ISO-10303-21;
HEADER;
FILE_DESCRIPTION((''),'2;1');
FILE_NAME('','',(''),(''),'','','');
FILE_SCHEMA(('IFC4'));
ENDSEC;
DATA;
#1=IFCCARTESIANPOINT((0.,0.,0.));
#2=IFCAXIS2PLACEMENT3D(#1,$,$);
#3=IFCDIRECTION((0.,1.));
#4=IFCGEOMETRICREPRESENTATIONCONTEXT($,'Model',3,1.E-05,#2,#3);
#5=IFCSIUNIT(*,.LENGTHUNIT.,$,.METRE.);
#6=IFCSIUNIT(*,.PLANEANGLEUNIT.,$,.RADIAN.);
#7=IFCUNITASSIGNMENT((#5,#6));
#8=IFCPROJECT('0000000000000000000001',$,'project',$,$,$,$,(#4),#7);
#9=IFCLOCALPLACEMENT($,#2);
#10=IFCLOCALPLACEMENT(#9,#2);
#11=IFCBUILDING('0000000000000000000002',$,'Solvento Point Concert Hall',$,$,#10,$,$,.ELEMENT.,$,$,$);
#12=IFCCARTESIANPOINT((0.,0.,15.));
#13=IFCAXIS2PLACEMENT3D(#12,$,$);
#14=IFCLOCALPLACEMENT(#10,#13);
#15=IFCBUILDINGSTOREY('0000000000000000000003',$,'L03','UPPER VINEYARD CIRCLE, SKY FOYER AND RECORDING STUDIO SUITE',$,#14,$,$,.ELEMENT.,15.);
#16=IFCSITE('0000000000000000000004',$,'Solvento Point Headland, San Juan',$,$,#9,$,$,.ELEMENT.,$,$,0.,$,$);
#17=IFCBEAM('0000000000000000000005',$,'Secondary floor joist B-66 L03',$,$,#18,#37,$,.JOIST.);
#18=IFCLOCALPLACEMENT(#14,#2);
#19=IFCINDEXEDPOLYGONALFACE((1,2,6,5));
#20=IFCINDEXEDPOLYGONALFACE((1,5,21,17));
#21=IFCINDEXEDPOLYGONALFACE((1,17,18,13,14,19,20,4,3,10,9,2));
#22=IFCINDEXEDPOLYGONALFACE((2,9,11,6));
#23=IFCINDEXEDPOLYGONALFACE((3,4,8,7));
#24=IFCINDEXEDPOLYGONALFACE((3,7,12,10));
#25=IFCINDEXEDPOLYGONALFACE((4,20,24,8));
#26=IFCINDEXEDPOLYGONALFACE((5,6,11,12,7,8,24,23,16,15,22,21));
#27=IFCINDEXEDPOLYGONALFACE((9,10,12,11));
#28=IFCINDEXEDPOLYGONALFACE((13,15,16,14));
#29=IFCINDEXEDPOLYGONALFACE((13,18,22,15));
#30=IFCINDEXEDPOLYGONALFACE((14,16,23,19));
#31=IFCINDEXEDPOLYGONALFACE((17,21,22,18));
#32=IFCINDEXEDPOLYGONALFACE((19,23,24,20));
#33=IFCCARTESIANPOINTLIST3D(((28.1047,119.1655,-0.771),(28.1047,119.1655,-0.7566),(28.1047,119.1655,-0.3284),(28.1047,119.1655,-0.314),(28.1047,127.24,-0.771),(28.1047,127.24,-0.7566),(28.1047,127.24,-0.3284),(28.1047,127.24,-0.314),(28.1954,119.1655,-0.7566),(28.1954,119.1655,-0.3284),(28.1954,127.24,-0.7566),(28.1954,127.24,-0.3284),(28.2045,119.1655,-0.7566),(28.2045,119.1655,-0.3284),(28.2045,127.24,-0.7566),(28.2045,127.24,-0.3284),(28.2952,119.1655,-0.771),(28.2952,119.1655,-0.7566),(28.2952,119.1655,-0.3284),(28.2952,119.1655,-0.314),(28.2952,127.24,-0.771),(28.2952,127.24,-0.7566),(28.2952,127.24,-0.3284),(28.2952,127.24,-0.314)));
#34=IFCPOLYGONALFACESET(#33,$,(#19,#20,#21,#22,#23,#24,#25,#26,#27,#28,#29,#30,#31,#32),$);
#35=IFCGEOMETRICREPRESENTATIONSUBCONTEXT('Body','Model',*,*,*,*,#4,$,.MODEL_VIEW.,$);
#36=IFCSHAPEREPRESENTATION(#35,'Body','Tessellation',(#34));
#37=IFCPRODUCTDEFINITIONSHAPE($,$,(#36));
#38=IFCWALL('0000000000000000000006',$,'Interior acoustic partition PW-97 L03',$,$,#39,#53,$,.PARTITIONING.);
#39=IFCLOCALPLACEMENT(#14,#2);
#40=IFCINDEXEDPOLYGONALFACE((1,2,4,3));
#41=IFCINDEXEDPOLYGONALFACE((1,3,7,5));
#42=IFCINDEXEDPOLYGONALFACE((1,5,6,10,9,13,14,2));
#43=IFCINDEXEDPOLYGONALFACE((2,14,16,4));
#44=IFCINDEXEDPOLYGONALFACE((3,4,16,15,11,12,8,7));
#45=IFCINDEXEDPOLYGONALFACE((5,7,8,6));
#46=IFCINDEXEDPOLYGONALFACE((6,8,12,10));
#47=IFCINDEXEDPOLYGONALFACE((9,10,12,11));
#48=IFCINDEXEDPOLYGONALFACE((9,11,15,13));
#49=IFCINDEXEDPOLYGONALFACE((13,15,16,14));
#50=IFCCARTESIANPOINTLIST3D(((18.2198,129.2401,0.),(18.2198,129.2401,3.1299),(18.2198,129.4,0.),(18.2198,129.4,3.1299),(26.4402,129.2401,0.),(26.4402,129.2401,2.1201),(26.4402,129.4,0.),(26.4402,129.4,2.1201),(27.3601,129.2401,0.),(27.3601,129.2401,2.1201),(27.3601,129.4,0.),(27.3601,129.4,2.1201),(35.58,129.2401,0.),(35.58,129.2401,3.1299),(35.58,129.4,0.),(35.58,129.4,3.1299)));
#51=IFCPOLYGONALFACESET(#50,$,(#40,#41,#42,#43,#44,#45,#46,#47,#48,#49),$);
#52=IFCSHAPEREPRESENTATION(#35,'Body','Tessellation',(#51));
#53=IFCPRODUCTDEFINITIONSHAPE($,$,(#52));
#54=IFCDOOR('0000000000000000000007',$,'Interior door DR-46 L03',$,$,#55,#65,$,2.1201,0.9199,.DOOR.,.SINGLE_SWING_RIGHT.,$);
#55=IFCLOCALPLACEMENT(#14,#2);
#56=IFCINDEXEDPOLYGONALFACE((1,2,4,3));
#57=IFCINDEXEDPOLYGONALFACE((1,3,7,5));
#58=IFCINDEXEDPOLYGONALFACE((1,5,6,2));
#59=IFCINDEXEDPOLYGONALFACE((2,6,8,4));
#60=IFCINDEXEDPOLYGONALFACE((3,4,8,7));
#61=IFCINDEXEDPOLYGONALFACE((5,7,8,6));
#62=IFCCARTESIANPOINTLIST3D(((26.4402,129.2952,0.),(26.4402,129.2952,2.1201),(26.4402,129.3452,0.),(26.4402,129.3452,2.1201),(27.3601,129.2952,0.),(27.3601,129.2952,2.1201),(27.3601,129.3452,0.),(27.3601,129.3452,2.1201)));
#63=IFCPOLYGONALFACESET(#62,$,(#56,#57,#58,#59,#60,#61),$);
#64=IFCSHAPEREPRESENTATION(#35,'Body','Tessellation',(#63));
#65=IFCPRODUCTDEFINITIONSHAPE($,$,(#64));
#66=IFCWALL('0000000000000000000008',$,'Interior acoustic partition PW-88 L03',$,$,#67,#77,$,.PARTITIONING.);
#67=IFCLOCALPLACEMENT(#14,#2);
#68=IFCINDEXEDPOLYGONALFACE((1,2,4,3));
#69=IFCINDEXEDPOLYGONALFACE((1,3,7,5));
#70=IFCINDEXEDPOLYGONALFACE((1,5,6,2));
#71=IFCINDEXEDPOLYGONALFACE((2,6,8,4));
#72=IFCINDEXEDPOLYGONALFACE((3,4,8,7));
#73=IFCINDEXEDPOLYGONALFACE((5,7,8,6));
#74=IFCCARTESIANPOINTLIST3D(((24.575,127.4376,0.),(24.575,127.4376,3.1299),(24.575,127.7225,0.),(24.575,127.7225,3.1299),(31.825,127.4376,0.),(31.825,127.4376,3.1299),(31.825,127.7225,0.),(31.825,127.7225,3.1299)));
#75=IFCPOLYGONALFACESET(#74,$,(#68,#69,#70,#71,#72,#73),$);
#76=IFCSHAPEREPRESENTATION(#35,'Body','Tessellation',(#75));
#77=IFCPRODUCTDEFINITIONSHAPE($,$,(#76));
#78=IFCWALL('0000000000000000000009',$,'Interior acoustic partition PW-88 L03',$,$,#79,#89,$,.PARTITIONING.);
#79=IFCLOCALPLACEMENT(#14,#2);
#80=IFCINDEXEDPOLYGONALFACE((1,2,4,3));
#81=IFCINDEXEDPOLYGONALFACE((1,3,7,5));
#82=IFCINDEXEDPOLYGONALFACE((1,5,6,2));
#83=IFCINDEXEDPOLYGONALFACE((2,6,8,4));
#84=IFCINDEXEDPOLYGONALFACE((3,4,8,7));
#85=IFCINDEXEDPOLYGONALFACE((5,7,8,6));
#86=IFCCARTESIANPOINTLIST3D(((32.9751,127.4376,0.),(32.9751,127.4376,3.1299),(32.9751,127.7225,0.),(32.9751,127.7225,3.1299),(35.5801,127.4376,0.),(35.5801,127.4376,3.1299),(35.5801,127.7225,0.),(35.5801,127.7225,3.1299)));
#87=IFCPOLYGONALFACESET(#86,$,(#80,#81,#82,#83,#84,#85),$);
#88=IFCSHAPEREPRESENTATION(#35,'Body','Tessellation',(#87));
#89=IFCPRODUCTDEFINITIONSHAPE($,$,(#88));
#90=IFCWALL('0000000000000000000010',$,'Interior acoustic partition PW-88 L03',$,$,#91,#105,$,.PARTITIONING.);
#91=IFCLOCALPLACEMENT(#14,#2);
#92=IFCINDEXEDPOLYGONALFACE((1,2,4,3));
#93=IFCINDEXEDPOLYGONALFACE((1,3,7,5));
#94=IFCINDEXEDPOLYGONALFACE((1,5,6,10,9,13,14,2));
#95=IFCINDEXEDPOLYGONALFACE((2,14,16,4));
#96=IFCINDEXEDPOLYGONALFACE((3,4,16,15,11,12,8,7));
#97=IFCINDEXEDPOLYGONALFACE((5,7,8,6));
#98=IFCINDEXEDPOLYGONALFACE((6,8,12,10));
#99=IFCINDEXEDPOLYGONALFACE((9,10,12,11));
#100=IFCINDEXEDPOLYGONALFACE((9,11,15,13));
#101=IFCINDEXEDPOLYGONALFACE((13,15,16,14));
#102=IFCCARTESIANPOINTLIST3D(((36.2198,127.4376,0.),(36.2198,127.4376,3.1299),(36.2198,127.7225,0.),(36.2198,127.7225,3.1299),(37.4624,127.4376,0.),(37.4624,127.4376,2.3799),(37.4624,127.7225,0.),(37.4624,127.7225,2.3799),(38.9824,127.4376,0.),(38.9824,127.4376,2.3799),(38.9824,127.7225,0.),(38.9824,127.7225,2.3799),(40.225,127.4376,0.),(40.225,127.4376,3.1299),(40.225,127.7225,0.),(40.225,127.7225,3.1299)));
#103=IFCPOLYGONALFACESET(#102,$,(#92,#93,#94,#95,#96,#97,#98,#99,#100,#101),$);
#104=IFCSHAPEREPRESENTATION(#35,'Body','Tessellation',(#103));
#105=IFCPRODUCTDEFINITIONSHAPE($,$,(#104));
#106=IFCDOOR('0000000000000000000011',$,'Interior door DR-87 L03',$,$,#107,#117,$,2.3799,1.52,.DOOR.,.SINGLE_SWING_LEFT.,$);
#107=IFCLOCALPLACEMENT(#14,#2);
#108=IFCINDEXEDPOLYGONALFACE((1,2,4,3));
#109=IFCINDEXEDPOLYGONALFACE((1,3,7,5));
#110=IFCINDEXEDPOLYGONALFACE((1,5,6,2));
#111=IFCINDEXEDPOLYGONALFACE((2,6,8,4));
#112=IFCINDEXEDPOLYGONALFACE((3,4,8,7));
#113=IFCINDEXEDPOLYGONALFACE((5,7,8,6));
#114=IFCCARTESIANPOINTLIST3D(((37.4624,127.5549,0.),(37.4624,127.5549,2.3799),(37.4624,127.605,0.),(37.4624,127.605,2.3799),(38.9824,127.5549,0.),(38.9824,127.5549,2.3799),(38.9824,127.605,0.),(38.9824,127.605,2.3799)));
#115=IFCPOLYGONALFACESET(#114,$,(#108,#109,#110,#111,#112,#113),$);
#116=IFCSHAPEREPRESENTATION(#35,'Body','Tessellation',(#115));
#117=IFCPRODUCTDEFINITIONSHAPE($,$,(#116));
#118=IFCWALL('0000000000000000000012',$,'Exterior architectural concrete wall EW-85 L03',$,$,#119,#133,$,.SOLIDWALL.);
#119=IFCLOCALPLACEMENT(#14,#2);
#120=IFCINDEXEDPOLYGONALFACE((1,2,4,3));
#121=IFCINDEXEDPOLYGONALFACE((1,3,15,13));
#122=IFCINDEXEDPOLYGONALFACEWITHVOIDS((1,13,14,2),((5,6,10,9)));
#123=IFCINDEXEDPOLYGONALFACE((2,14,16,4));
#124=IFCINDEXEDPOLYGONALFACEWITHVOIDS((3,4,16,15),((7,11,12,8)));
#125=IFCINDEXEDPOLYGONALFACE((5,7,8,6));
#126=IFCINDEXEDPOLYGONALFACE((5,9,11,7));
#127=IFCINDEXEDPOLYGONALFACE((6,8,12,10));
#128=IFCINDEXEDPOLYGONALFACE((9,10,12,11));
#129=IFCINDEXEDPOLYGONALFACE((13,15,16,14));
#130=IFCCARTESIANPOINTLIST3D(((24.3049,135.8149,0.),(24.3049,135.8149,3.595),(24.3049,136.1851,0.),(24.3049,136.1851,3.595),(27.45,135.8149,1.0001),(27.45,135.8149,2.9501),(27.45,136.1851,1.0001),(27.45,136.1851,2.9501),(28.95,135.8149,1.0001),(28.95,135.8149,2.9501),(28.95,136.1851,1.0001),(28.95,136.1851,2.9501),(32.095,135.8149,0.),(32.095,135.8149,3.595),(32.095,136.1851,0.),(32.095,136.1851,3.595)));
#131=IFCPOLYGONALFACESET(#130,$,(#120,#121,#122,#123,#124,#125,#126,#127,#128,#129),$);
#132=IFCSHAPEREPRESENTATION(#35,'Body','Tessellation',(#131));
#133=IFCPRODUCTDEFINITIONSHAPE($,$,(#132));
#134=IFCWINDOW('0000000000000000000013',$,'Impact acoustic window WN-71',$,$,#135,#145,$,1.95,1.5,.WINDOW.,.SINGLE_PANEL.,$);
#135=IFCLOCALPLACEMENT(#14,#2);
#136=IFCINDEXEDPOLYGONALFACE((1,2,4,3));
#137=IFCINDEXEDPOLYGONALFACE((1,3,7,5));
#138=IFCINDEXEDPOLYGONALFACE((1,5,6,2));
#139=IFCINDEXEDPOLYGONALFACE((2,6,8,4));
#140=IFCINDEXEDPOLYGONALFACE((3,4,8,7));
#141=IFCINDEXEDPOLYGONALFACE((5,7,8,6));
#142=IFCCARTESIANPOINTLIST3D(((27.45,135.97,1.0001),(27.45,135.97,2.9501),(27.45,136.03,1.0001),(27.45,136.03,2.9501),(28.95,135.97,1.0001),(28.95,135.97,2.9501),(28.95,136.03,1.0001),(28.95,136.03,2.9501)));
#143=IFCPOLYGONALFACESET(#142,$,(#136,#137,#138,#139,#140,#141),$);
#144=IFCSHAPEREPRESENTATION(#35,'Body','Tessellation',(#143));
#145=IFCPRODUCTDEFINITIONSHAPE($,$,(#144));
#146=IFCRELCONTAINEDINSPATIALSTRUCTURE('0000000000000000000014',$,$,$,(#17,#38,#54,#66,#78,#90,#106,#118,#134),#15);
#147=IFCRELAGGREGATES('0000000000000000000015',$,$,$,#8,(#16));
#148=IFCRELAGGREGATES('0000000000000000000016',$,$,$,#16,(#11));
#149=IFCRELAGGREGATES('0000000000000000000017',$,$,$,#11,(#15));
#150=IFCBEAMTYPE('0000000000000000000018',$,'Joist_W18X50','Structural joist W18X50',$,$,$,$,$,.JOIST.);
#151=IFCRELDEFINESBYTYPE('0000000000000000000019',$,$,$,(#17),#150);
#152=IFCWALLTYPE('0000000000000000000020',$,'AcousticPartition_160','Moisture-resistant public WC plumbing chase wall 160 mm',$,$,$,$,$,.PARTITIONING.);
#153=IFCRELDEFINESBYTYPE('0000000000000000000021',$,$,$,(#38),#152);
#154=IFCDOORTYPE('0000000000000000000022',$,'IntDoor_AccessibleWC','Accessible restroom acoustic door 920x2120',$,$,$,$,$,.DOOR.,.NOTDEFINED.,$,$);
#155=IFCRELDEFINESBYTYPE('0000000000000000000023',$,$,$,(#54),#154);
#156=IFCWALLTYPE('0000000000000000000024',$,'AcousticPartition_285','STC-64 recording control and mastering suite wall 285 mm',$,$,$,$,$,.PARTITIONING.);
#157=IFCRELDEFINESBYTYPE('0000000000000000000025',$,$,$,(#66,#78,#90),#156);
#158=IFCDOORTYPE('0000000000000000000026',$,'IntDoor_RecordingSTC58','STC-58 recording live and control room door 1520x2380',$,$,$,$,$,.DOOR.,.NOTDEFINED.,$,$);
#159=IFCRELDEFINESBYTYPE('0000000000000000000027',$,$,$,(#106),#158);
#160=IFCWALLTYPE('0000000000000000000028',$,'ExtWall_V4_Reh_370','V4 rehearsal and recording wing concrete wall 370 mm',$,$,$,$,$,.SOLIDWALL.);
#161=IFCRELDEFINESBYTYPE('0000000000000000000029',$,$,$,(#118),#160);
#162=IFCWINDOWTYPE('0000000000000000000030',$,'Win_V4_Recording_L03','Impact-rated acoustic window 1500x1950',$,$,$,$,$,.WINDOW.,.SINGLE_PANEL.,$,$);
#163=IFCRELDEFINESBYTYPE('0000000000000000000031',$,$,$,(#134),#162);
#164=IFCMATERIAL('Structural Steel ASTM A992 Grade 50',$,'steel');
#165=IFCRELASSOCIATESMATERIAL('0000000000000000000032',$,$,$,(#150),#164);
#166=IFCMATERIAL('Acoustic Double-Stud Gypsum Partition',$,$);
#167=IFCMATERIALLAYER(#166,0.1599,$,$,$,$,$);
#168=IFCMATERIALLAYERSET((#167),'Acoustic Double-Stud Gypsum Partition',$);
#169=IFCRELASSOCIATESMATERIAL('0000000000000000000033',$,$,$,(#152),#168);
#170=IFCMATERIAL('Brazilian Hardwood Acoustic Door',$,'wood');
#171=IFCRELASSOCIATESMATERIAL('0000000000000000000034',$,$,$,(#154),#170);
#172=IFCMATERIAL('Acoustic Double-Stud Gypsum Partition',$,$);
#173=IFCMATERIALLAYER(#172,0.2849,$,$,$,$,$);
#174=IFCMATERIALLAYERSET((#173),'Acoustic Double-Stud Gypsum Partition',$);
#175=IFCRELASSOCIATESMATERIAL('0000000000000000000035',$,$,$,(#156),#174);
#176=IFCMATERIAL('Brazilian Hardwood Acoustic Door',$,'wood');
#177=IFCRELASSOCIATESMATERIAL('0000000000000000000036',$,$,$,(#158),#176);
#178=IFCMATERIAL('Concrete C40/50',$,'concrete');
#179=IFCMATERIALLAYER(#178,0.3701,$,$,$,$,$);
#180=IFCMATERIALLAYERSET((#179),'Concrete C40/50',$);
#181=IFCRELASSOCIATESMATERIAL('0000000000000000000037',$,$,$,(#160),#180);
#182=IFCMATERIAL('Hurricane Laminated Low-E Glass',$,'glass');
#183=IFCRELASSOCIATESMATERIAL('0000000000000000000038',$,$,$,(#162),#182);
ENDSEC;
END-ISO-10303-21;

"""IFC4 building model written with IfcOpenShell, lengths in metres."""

from ifc_helpers import new_model, si_unit, direction, frame, frame_2d, origin, origin_2d, place, context, subcontext, project, spatial, rectangle, i_section, extrude, material, layer, layer_set, material_profile, profile_set, type_object, element, fill, save


model = new_model("IFC4")

# Units and contexts
model_context = context("Model", 3, precision=1e-05, world=origin(), true_north=direction((0.0, 1.0)))
body_context = subcontext(model_context, "Body", "Model", "MODEL_VIEW")
ifc_project = project(units=[si_unit("LENGTHUNIT", "METRE"), si_unit("PLANEANGLEUNIT", "RADIAN")], contexts=[model_context])

# Site, building, storey
site_placement = place(None, origin())
site = spatial("IfcSite", under=ifc_project, at=site_placement, Name="Solvento Point Headland, San Juan", CompositionType="ELEMENT", RefElevation=0.0)
building_placement = place(site_placement, origin())
building = spatial("IfcBuilding", under=site, at=building_placement, Name="Solvento Point Concert Hall", CompositionType="ELEMENT")
storey_placement = place(building_placement, frame((0.0, 0.0, 15.0)))
storey = spatial("IfcBuildingStorey", under=building, at=storey_placement, Name="L03", Description="UPPER VINEYARD CIRCLE, SKY FOYER AND RECORDING STUDIO SUITE", CompositionType="ELEMENT", Elevation=15.0)

# Beam
ifc_material_1 = material(Name="Structural Steel ASTM A992 Grade 50", Category="steel")
ifc_material_profile_1 = material_profile(ifc_material_1, i_section(OverallWidth=0.1904, OverallDepth=0.457, WebThickness=0.009, FlangeThickness=0.0144, at=origin_2d()), Name="W18X50")
ifc_profile_set_1 = profile_set([ifc_material_profile_1], Name="Structural Steel ASTM A992 Grade 50")
beam_type_1 = type_object("IfcBeamType", Name="Joist_W18X50", Description="Structural joist W18X50", PredefinedType="JOIST", material=ifc_profile_set_1)
beam_1_placement = place(storey_placement, frame((28.2, 119.1655, -0.5425), z_axis=(0.0, 1.0, 0.0), x_axis=(-1.0, 0.0, 0.0)))
element("IfcBeam", 1, at=beam_1_placement, inside=storey, type_object=beam_type_1, Name="Secondary floor joist B-66 L03", PredefinedType="JOIST", context=body_context, shape_type="SweptSolid", body=[
    extrude(i_section(OverallWidth=0.1904, OverallDepth=0.457, WebThickness=0.009, FlangeThickness=0.0144, at=origin_2d()), origin(), (0.0, 0.0, 1.0), 8.0745),
])

# Wall, opening, door
ifc_material_2 = material(Name="Acoustic Double-Stud Gypsum Partition")
ifc_layer_1 = layer(ifc_material_2, 0.1599)
ifc_layer_set_1 = layer_set([ifc_layer_1], Name="Acoustic Double-Stud Gypsum Partition")
wall_type_1 = type_object("IfcWallType", Name="AcousticPartition_160", Description="Moisture-resistant public WC plumbing chase wall 160 mm", PredefinedType="PARTITIONING", material=ifc_layer_set_1)
wall_1_placement = place(storey_placement, frame((35.5801, 129.3201, 0.0), z_axis=(0.0, 0.0, 1.0), x_axis=(-1.0, 0.0, 0.0)))
wall_1 = element("IfcWall", 2, at=wall_1_placement, inside=storey, type_object=wall_type_1, Name="Interior acoustic partition PW-97 L03", PredefinedType="PARTITIONING", context=body_context, shape_type="SweptSolid", body=[
    extrude(rectangle(XDim=17.3601, YDim=0.1599, at=frame_2d((8.6802, 0.0))), origin(), (0.0, 0.0, 1.0), 3.1299),
])
opening_1_placement = place(wall_1_placement, frame((8.22, 0.0, 0.0)))
opening_1 = element("IfcOpeningElement", 3, at=opening_1_placement, cuts=wall_1, PredefinedType="OPENING", context=body_context, shape_type="SweptSolid", body=[
    extrude(rectangle(XDim=0.9199, YDim=2.1201, at=frame_2d((0.46, 1.0601))), frame((0.0, 0.0898, 0.0), z_axis=(0.0, -1.0, 0.0), x_axis=(1.0, 0.0, 0.0)), (0.0, 0.0, 1.0), 0.1799),
])
ifc_material_3 = material(Name="Brazilian Hardwood Acoustic Door", Category="wood")
door_type_1 = type_object("IfcDoorType", Name="IntDoor_AccessibleWC", Description="Accessible restroom acoustic door 920x2120", OperationType="NOTDEFINED", PredefinedType="DOOR", material=ifc_material_3)
door_1_placement = place(opening_1_placement, origin())
door_1 = element("IfcDoor", 4, at=door_1_placement, inside=storey, type_object=door_type_1, Name="Interior door DR-46 L03", OperationType="SINGLE_SWING_RIGHT", OverallHeight=2.1201, OverallWidth=0.9199, PredefinedType="DOOR", context=body_context, shape_type="SweptSolid", body=[
    extrude(rectangle(XDim=0.9199, YDim=2.1201, at=frame_2d((0.46, 1.0601))), frame((0.0, 0.0249, 0.0), z_axis=(0.0, -1.0, 0.0), x_axis=(1.0, 0.0, 0.0)), (0.0, 0.0, 1.0), 0.05),
])
fill(opening_1, door_1)

# Walls
ifc_material_4 = material(Name="Acoustic Double-Stud Gypsum Partition")
ifc_layer_2 = layer(ifc_material_4, 0.2849)
ifc_layer_set_2 = layer_set([ifc_layer_2], Name="Acoustic Double-Stud Gypsum Partition")
wall_type_2 = type_object("IfcWallType", Name="AcousticPartition_285", Description="STC-64 recording control and mastering suite wall 285 mm", PredefinedType="PARTITIONING", material=ifc_layer_set_2)
wall_2_placement = place(storey_placement, frame((24.575, 127.5801, 0.0), z_axis=(0.0, 0.0, 1.0), x_axis=(1.0, 0.0, 0.0)))
element("IfcWall", 5, at=wall_2_placement, inside=storey, type_object=wall_type_2, Name="Interior acoustic partition PW-88 L03", PredefinedType="PARTITIONING", context=body_context, shape_type="SweptSolid", body=[
    extrude(rectangle(XDim=7.25, YDim=0.2849, at=frame_2d((3.625, 0.0))), origin(), (0.0, 0.0, 1.0), 3.1299),
])
wall_3_placement = place(storey_placement, frame((32.9751, 127.5801, 0.0), z_axis=(0.0, 0.0, 1.0), x_axis=(1.0, 0.0, 0.0)))
element("IfcWall", 6, at=wall_3_placement, inside=storey, type_object=wall_type_2, Name="Interior acoustic partition PW-88 L03", PredefinedType="PARTITIONING", context=body_context, shape_type="SweptSolid", body=[
    extrude(rectangle(XDim=2.605, YDim=0.2849, at=frame_2d((1.3025, 0.0))), origin(), (0.0, 0.0, 1.0), 3.1299),
])

# Wall, opening, door
wall_4_placement = place(storey_placement, frame((36.22, 127.5801, 0.0), z_axis=(0.0, 0.0, 1.0), x_axis=(1.0, 0.0, 0.0)))
wall_4 = element("IfcWall", 7, at=wall_4_placement, inside=storey, type_object=wall_type_2, Name="Interior acoustic partition PW-88 L03", PredefinedType="PARTITIONING", context=body_context, shape_type="SweptSolid", body=[
    extrude(rectangle(XDim=4.0051, YDim=0.2849, at=frame_2d((2.0024, 0.0))), origin(), (0.0, 0.0, 1.0), 3.1299),
])
opening_2_placement = place(wall_4_placement, frame((1.2424, 0.0, 0.0)))
opening_2 = element("IfcOpeningElement", 8, at=opening_2_placement, cuts=wall_4, PredefinedType="OPENING", context=body_context, shape_type="SweptSolid", body=[
    extrude(rectangle(XDim=1.52, YDim=2.3799, at=frame_2d((0.76, 1.1899))), frame((0.0, 0.1523, 0.0), z_axis=(0.0, -1.0, 0.0), x_axis=(1.0, 0.0, 0.0)), (0.0, 0.0, 1.0), 0.3049),
])
ifc_material_5 = material(Name="Brazilian Hardwood Acoustic Door", Category="wood")
door_type_2 = type_object("IfcDoorType", Name="IntDoor_RecordingSTC58", Description="STC-58 recording live and control room door 1520x2380", OperationType="NOTDEFINED", PredefinedType="DOOR", material=ifc_material_5)
door_2_placement = place(opening_2_placement, origin())
door_2 = element("IfcDoor", 9, at=door_2_placement, inside=storey, type_object=door_type_2, Name="Interior door DR-87 L03", OperationType="SINGLE_SWING_LEFT", OverallHeight=2.3799, OverallWidth=1.52, PredefinedType="DOOR", context=body_context, shape_type="SweptSolid", body=[
    extrude(rectangle(XDim=1.52, YDim=2.3799, at=frame_2d((0.76, 1.1899))), frame((0.0, 0.0249, 0.0), z_axis=(0.0, -1.0, 0.0), x_axis=(1.0, 0.0, 0.0)), (0.0, 0.0, 1.0), 0.05),
])
fill(opening_2, door_2)

# Wall, opening, window
ifc_material_6 = material(Name="Concrete C40/50", Category="concrete")
ifc_layer_3 = layer(ifc_material_6, 0.3701)
ifc_layer_set_3 = layer_set([ifc_layer_3], Name="Concrete C40/50")
wall_type_3 = type_object("IfcWallType", Name="ExtWall_V4_Reh_370", Description="V4 rehearsal and recording wing concrete wall 370 mm", PredefinedType="SOLIDWALL", material=ifc_layer_set_3)
wall_5_placement = place(storey_placement, frame((24.3049, 136.0, 0.0), z_axis=(0.0, 0.0, 1.0), x_axis=(1.0, 0.0, 0.0)))
wall_5 = element("IfcWall", 10, at=wall_5_placement, inside=storey, type_object=wall_type_3, Name="Exterior architectural concrete wall EW-85 L03", PredefinedType="SOLIDWALL", context=body_context, shape_type="SweptSolid", body=[
    extrude(rectangle(XDim=7.79, YDim=0.3701, at=frame_2d((3.895, 0.0))), origin(), (0.0, 0.0, 1.0), 3.595),
])
opening_3_placement = place(wall_5_placement, frame((3.145, 0.0, 1.0)))
opening_3 = element("IfcOpeningElement", 11, at=opening_3_placement, cuts=wall_5, PredefinedType="OPENING", context=body_context, shape_type="SweptSolid", body=[
    extrude(rectangle(XDim=1.5, YDim=1.95, at=frame_2d((0.75, 0.9751))), frame((0.0, 0.1951, 0.0), z_axis=(0.0, -1.0, 0.0), x_axis=(1.0, 0.0, 0.0)), (0.0, 0.0, 1.0), 0.3901),
])
ifc_material_7 = material(Name="Hurricane Laminated Low-E Glass", Category="glass")
window_type = type_object("IfcWindowType", Name="Win_V4_Recording_L03", Description="Impact-rated acoustic window 1500x1950", PartitioningType="SINGLE_PANEL", PredefinedType="WINDOW", material=ifc_material_7)
window_1_placement = place(opening_3_placement, origin())
window_1 = element("IfcWindow", 12, at=window_1_placement, inside=storey, type_object=window_type, Name="Impact acoustic window WN-71", OverallHeight=1.95, OverallWidth=1.5, PartitioningType="SINGLE_PANEL", PredefinedType="WINDOW", context=body_context, shape_type="SweptSolid", body=[
    extrude(rectangle(XDim=1.5, YDim=1.95, at=frame_2d((0.75, 0.9751))), frame((0.0, 0.03, 0.0), z_axis=(0.0, -1.0, 0.0), x_axis=(1.0, 0.0, 0.0)), (0.0, 0.0, 1.0), 0.0601),
])
fill(opening_3, window_1)

save(model, "model.ifc")
